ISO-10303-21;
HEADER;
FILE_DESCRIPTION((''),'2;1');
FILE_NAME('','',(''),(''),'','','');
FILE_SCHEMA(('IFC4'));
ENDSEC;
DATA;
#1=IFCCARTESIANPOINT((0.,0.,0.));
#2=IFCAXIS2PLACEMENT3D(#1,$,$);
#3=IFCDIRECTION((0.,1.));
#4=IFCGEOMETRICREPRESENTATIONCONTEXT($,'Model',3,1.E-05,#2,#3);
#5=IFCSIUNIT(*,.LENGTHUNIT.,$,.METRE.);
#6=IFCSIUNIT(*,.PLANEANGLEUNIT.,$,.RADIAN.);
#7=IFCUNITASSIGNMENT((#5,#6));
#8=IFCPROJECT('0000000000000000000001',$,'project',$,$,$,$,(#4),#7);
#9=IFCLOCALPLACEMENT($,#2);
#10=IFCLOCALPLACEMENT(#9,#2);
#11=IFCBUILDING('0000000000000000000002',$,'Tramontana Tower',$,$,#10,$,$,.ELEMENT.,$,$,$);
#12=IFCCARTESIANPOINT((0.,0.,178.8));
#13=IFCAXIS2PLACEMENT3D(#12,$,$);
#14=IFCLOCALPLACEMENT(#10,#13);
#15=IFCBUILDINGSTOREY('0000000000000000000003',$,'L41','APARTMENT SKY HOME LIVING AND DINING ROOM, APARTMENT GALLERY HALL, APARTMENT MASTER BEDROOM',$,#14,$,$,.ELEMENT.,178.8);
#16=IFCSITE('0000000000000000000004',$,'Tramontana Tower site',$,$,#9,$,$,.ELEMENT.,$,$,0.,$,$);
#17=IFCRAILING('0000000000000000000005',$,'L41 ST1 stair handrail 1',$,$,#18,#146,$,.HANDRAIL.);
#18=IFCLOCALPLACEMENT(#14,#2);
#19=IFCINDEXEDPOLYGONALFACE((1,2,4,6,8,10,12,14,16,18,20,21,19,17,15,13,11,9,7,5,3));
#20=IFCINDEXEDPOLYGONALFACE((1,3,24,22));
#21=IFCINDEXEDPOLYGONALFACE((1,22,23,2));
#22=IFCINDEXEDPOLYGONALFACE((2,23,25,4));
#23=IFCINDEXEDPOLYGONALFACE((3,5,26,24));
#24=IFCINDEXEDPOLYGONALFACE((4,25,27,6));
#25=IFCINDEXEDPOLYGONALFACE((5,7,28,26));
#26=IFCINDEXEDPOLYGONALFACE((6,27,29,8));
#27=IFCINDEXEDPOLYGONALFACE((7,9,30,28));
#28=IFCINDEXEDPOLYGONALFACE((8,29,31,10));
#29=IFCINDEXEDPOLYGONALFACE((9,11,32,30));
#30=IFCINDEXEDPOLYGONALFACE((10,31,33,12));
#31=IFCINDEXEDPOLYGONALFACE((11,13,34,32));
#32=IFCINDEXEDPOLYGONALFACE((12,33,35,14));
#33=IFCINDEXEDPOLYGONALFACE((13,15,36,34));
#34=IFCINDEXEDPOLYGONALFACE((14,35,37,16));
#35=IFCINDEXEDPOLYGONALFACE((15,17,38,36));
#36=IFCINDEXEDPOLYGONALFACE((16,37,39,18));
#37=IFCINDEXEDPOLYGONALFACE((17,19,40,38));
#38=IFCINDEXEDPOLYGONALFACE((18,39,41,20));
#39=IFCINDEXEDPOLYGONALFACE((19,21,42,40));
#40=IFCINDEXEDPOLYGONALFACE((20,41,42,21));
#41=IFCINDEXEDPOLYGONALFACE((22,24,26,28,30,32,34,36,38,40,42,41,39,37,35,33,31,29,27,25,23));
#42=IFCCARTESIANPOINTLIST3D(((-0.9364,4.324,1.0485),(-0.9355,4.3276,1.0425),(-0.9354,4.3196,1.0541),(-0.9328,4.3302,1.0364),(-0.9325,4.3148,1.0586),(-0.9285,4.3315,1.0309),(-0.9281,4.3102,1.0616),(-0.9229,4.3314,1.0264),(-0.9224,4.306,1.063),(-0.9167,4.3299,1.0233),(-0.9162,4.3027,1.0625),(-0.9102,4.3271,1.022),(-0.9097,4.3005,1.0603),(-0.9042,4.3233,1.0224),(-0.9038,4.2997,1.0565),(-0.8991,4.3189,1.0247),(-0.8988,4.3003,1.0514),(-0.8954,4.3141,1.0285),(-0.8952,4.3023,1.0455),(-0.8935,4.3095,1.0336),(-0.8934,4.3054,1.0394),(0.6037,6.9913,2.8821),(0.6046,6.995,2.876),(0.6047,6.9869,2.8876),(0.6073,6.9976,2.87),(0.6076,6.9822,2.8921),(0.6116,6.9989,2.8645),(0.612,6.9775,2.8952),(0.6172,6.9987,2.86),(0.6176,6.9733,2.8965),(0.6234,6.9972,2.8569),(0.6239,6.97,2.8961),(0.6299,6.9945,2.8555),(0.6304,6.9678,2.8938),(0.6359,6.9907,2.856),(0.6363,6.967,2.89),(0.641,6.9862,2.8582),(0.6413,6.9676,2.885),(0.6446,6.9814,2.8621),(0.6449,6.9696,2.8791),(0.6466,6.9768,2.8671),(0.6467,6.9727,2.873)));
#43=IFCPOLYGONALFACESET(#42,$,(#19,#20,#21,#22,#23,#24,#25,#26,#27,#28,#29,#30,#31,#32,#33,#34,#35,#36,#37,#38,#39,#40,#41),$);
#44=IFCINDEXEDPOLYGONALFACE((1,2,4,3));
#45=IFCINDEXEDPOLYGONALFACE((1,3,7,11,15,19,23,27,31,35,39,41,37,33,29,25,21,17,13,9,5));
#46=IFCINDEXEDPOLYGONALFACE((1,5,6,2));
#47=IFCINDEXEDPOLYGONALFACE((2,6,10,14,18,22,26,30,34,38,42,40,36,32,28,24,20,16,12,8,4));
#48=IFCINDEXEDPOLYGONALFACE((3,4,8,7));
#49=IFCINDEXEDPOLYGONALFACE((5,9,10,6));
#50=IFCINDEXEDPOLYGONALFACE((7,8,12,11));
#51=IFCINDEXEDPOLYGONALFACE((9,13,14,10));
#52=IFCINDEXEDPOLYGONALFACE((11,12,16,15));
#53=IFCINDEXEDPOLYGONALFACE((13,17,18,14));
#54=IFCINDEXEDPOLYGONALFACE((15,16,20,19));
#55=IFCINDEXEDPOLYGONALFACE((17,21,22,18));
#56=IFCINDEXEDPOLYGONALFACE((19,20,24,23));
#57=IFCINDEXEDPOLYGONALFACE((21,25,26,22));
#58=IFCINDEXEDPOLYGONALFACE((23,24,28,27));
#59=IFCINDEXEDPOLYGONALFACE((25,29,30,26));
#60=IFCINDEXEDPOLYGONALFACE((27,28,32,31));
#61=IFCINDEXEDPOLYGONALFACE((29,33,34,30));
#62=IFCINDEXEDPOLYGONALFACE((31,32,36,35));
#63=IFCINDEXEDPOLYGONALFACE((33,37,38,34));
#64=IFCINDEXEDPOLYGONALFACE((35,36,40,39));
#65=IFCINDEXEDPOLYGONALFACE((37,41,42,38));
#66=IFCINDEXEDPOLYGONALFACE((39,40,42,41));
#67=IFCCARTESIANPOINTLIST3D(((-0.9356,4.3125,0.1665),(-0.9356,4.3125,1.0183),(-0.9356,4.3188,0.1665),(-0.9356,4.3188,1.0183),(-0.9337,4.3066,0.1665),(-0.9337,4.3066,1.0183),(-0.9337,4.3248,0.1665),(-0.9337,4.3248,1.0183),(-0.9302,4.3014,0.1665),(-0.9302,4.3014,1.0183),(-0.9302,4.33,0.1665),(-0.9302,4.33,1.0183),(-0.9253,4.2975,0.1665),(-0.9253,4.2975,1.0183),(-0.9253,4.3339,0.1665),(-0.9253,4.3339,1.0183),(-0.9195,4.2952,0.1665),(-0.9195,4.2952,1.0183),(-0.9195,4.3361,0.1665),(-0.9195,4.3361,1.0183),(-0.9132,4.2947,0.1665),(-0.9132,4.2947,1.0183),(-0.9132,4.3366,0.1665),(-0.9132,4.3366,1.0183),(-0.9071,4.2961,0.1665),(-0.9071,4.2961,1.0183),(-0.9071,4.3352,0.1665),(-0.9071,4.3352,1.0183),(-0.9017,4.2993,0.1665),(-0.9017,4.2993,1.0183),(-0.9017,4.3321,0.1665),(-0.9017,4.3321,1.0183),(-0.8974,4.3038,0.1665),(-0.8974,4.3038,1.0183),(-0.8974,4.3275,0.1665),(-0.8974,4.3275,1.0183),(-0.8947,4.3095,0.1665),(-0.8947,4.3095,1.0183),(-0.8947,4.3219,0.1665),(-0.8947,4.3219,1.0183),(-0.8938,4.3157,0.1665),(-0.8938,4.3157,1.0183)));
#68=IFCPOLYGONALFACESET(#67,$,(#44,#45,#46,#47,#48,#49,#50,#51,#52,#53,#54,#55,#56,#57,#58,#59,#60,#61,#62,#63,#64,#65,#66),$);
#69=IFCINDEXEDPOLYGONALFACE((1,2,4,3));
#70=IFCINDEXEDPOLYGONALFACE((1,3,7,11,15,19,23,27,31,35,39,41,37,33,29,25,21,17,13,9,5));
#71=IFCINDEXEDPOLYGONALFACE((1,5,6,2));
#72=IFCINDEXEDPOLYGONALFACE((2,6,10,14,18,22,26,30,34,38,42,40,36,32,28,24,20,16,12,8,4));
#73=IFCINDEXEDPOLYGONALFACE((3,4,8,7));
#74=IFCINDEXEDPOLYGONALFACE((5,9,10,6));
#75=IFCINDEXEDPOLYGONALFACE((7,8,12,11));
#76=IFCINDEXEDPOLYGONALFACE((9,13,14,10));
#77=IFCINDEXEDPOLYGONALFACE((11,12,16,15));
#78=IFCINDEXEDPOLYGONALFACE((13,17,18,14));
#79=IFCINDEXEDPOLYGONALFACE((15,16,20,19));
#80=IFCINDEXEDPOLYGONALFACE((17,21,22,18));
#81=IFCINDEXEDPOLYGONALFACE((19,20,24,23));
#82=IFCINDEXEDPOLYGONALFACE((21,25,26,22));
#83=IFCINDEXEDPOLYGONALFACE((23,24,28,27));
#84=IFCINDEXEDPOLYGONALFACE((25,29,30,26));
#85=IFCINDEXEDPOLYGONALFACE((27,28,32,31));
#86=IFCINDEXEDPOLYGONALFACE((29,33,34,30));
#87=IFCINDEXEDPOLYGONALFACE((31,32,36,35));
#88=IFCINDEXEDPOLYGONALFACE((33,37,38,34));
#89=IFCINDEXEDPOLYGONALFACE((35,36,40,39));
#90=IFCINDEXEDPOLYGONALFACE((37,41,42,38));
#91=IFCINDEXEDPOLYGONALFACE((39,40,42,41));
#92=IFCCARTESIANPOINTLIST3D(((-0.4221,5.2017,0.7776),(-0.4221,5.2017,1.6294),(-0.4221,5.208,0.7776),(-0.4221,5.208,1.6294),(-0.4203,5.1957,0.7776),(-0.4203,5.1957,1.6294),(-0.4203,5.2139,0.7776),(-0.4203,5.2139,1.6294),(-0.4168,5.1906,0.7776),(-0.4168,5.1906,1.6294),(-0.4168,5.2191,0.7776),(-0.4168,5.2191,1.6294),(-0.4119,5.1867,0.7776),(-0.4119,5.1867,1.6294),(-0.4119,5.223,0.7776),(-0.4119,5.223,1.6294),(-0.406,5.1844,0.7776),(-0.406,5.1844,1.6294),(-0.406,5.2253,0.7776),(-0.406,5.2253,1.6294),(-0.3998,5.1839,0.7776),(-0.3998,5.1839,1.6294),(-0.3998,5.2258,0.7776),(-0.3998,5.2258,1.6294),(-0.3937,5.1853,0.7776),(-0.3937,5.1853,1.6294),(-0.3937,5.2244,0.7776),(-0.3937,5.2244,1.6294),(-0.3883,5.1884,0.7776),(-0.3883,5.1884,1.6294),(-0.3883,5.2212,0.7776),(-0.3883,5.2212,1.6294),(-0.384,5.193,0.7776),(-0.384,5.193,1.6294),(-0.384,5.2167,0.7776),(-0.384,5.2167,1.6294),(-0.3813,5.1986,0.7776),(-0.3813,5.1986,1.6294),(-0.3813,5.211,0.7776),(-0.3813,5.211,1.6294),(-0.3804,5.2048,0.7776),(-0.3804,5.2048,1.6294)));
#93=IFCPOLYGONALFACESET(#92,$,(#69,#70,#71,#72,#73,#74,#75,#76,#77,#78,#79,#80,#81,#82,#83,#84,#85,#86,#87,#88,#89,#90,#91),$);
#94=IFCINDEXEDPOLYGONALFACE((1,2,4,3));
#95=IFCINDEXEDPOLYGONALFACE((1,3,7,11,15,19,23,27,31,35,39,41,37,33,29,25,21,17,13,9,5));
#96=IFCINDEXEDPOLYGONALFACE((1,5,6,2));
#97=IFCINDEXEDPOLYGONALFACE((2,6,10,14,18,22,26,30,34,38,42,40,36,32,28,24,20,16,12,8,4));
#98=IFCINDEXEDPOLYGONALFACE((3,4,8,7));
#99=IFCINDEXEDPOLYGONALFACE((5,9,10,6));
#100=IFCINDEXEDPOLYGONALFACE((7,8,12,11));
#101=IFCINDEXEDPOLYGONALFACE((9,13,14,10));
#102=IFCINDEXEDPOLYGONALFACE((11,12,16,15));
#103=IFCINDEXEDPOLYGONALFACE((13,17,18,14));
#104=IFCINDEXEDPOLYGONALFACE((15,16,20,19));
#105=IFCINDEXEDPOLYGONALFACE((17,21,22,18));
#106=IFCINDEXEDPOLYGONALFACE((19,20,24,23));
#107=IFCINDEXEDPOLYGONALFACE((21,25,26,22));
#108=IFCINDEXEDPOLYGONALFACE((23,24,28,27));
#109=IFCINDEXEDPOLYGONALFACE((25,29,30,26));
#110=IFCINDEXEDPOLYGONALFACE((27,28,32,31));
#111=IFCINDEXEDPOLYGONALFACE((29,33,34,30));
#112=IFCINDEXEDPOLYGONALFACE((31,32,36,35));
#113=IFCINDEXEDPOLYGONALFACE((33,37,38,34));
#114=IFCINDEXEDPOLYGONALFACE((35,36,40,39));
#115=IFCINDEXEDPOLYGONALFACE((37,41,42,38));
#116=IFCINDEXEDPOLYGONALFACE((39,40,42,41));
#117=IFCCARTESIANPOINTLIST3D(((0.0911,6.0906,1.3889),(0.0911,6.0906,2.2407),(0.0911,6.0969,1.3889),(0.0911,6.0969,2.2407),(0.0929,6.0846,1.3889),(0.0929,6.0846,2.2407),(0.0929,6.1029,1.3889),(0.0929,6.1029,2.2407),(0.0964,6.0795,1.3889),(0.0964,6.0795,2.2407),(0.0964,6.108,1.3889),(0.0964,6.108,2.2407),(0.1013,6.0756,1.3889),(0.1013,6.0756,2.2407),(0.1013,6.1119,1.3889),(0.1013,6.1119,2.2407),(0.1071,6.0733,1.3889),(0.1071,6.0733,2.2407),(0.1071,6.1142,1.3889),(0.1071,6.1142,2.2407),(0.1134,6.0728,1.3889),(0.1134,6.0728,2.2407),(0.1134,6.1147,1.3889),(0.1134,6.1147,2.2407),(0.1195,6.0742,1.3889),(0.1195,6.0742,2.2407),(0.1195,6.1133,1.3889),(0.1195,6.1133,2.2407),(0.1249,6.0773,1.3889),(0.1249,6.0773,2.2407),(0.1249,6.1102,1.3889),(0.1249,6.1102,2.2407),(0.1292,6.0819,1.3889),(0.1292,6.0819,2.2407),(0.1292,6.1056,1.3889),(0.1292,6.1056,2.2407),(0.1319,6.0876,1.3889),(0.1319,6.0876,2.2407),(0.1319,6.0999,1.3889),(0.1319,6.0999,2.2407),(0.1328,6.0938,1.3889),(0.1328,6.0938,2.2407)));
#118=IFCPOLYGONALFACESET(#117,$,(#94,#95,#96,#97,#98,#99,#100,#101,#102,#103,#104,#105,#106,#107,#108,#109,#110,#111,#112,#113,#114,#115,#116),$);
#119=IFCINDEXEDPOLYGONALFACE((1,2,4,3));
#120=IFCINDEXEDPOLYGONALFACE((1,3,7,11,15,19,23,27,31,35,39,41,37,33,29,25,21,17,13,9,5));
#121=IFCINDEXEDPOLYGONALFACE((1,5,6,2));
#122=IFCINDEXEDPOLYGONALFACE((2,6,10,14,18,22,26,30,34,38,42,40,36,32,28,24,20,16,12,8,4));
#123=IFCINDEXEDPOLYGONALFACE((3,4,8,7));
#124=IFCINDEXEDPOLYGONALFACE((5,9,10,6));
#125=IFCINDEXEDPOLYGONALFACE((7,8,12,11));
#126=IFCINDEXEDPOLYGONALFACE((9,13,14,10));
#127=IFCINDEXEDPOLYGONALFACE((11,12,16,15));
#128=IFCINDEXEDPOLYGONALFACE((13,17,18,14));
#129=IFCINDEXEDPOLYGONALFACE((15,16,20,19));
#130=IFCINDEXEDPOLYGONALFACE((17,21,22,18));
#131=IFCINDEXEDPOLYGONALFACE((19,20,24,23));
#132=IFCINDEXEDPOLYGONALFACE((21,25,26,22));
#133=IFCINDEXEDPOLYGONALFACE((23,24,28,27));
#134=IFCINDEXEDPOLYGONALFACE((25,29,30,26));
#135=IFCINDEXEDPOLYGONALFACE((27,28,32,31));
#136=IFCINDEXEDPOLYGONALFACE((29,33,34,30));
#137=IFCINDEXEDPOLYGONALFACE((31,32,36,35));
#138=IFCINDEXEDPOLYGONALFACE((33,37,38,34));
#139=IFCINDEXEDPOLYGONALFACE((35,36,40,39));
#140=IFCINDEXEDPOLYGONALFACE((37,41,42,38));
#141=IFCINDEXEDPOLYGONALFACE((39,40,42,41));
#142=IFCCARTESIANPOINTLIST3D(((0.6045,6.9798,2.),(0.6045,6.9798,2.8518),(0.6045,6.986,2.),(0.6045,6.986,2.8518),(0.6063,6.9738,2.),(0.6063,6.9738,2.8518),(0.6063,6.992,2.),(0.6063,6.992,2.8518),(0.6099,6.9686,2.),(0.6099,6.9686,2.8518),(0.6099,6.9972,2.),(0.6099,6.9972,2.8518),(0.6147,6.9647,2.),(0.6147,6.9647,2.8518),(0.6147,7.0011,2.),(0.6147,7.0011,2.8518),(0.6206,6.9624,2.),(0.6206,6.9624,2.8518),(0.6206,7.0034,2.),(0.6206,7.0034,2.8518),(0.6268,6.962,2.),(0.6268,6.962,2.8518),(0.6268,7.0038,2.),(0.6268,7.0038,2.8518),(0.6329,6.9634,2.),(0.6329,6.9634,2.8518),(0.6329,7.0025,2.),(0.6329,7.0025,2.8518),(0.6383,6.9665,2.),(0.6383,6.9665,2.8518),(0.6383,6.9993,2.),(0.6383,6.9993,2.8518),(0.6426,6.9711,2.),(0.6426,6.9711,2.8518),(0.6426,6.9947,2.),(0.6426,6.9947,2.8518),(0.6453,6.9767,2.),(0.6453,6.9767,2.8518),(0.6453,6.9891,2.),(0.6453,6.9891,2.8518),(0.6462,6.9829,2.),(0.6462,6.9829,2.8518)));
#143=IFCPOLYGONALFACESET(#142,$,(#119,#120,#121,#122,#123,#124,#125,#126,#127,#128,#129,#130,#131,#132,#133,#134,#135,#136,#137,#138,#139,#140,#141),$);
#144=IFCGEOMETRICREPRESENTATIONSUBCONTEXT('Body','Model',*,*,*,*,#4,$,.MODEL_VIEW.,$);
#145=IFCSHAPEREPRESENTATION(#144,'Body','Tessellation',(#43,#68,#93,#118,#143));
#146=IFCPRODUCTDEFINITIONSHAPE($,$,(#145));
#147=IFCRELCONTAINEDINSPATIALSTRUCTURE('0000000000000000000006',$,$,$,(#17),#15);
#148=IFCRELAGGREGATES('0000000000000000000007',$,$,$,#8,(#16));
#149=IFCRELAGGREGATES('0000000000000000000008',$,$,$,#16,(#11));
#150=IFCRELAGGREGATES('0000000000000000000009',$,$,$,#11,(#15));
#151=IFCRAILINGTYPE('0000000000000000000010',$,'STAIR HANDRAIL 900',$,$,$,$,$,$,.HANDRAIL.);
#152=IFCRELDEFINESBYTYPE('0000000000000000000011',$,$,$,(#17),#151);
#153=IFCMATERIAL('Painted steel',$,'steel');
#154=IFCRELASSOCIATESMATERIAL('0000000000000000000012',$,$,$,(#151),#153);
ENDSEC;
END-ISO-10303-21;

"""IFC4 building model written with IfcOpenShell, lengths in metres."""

from ifc_helpers import new_model, si_unit, direction, frame, origin, origin_2d, place, context, subcontext, project, spatial, circle, extrude, material, type_object, element, save


model = new_model("IFC4")

# Units and contexts
model_context = context("Model", 3, precision=1e-05, world=origin(), true_north=direction((0.0, 1.0)))
body_context = subcontext(model_context, "Body", "Model", "MODEL_VIEW")
ifc_project = project(units=[si_unit("LENGTHUNIT", "METRE"), si_unit("PLANEANGLEUNIT", "RADIAN")], contexts=[model_context])

# Site, building, storey
site_placement = place(None, origin())
site = spatial("IfcSite", under=ifc_project, at=site_placement, Name="Tramontana Tower site", CompositionType="ELEMENT", RefElevation=0.0)
building_placement = place(site_placement, origin())
building = spatial("IfcBuilding", under=site, at=building_placement, Name="Tramontana Tower", CompositionType="ELEMENT")
storey_placement = place(building_placement, frame((0.0, 0.0, 178.8)))
storey = spatial("IfcBuildingStorey", under=building, at=storey_placement, Name="L41", Description="APARTMENT SKY HOME LIVING AND DINING ROOM, APARTMENT GALLERY HALL, APARTMENT MASTER BEDROOM", CompositionType="ELEMENT", Elevation=178.8)

# Railing
ifc_material_1 = material(Name="Painted steel", Category="steel")
railing_type_1 = type_object("IfcRailingType", Name="STAIR HANDRAIL 900", PredefinedType="HANDRAIL", material=ifc_material_1)
railing_1_placement = place(storey_placement, frame((-0.9148, 4.3157, 0.1665)))
element("IfcRailing", 1, at=railing_1_placement, inside=storey, type_object=railing_type_1, Name="L41 ST1 stair handrail 1", PredefinedType="HANDRAIL", context=body_context, shape_type="SweptSolid", body=[
    extrude(circle(Radius=0.0239, at=origin_2d()), frame((0.0, 0.0, 0.876), z_axis=(0.429656, 0.744134, 0.511528), x_axis=(-0.86601, 0.500027, 0.0)), (0.0, 0.0, 1.0), 3.5845),
    extrude(circle(Radius=0.021, at=origin_2d()), origin(), (0.0, 0.0, 1.0), 0.8518),
    extrude(circle(Radius=0.021, at=origin_2d()), frame((0.5134, 0.8892, 0.6111)), (0.0, 0.0, 1.0), 0.8518),
    extrude(circle(Radius=0.021, at=origin_2d()), frame((1.0266, 1.7781, 1.2224)), (0.0, 0.0, 1.0), 0.8518),
    extrude(circle(Radius=0.021, at=origin_2d()), frame((1.54, 2.6672, 1.8335)), (0.0, 0.0, 1.0), 0.8518),
])

save(model, "model.ifc")
